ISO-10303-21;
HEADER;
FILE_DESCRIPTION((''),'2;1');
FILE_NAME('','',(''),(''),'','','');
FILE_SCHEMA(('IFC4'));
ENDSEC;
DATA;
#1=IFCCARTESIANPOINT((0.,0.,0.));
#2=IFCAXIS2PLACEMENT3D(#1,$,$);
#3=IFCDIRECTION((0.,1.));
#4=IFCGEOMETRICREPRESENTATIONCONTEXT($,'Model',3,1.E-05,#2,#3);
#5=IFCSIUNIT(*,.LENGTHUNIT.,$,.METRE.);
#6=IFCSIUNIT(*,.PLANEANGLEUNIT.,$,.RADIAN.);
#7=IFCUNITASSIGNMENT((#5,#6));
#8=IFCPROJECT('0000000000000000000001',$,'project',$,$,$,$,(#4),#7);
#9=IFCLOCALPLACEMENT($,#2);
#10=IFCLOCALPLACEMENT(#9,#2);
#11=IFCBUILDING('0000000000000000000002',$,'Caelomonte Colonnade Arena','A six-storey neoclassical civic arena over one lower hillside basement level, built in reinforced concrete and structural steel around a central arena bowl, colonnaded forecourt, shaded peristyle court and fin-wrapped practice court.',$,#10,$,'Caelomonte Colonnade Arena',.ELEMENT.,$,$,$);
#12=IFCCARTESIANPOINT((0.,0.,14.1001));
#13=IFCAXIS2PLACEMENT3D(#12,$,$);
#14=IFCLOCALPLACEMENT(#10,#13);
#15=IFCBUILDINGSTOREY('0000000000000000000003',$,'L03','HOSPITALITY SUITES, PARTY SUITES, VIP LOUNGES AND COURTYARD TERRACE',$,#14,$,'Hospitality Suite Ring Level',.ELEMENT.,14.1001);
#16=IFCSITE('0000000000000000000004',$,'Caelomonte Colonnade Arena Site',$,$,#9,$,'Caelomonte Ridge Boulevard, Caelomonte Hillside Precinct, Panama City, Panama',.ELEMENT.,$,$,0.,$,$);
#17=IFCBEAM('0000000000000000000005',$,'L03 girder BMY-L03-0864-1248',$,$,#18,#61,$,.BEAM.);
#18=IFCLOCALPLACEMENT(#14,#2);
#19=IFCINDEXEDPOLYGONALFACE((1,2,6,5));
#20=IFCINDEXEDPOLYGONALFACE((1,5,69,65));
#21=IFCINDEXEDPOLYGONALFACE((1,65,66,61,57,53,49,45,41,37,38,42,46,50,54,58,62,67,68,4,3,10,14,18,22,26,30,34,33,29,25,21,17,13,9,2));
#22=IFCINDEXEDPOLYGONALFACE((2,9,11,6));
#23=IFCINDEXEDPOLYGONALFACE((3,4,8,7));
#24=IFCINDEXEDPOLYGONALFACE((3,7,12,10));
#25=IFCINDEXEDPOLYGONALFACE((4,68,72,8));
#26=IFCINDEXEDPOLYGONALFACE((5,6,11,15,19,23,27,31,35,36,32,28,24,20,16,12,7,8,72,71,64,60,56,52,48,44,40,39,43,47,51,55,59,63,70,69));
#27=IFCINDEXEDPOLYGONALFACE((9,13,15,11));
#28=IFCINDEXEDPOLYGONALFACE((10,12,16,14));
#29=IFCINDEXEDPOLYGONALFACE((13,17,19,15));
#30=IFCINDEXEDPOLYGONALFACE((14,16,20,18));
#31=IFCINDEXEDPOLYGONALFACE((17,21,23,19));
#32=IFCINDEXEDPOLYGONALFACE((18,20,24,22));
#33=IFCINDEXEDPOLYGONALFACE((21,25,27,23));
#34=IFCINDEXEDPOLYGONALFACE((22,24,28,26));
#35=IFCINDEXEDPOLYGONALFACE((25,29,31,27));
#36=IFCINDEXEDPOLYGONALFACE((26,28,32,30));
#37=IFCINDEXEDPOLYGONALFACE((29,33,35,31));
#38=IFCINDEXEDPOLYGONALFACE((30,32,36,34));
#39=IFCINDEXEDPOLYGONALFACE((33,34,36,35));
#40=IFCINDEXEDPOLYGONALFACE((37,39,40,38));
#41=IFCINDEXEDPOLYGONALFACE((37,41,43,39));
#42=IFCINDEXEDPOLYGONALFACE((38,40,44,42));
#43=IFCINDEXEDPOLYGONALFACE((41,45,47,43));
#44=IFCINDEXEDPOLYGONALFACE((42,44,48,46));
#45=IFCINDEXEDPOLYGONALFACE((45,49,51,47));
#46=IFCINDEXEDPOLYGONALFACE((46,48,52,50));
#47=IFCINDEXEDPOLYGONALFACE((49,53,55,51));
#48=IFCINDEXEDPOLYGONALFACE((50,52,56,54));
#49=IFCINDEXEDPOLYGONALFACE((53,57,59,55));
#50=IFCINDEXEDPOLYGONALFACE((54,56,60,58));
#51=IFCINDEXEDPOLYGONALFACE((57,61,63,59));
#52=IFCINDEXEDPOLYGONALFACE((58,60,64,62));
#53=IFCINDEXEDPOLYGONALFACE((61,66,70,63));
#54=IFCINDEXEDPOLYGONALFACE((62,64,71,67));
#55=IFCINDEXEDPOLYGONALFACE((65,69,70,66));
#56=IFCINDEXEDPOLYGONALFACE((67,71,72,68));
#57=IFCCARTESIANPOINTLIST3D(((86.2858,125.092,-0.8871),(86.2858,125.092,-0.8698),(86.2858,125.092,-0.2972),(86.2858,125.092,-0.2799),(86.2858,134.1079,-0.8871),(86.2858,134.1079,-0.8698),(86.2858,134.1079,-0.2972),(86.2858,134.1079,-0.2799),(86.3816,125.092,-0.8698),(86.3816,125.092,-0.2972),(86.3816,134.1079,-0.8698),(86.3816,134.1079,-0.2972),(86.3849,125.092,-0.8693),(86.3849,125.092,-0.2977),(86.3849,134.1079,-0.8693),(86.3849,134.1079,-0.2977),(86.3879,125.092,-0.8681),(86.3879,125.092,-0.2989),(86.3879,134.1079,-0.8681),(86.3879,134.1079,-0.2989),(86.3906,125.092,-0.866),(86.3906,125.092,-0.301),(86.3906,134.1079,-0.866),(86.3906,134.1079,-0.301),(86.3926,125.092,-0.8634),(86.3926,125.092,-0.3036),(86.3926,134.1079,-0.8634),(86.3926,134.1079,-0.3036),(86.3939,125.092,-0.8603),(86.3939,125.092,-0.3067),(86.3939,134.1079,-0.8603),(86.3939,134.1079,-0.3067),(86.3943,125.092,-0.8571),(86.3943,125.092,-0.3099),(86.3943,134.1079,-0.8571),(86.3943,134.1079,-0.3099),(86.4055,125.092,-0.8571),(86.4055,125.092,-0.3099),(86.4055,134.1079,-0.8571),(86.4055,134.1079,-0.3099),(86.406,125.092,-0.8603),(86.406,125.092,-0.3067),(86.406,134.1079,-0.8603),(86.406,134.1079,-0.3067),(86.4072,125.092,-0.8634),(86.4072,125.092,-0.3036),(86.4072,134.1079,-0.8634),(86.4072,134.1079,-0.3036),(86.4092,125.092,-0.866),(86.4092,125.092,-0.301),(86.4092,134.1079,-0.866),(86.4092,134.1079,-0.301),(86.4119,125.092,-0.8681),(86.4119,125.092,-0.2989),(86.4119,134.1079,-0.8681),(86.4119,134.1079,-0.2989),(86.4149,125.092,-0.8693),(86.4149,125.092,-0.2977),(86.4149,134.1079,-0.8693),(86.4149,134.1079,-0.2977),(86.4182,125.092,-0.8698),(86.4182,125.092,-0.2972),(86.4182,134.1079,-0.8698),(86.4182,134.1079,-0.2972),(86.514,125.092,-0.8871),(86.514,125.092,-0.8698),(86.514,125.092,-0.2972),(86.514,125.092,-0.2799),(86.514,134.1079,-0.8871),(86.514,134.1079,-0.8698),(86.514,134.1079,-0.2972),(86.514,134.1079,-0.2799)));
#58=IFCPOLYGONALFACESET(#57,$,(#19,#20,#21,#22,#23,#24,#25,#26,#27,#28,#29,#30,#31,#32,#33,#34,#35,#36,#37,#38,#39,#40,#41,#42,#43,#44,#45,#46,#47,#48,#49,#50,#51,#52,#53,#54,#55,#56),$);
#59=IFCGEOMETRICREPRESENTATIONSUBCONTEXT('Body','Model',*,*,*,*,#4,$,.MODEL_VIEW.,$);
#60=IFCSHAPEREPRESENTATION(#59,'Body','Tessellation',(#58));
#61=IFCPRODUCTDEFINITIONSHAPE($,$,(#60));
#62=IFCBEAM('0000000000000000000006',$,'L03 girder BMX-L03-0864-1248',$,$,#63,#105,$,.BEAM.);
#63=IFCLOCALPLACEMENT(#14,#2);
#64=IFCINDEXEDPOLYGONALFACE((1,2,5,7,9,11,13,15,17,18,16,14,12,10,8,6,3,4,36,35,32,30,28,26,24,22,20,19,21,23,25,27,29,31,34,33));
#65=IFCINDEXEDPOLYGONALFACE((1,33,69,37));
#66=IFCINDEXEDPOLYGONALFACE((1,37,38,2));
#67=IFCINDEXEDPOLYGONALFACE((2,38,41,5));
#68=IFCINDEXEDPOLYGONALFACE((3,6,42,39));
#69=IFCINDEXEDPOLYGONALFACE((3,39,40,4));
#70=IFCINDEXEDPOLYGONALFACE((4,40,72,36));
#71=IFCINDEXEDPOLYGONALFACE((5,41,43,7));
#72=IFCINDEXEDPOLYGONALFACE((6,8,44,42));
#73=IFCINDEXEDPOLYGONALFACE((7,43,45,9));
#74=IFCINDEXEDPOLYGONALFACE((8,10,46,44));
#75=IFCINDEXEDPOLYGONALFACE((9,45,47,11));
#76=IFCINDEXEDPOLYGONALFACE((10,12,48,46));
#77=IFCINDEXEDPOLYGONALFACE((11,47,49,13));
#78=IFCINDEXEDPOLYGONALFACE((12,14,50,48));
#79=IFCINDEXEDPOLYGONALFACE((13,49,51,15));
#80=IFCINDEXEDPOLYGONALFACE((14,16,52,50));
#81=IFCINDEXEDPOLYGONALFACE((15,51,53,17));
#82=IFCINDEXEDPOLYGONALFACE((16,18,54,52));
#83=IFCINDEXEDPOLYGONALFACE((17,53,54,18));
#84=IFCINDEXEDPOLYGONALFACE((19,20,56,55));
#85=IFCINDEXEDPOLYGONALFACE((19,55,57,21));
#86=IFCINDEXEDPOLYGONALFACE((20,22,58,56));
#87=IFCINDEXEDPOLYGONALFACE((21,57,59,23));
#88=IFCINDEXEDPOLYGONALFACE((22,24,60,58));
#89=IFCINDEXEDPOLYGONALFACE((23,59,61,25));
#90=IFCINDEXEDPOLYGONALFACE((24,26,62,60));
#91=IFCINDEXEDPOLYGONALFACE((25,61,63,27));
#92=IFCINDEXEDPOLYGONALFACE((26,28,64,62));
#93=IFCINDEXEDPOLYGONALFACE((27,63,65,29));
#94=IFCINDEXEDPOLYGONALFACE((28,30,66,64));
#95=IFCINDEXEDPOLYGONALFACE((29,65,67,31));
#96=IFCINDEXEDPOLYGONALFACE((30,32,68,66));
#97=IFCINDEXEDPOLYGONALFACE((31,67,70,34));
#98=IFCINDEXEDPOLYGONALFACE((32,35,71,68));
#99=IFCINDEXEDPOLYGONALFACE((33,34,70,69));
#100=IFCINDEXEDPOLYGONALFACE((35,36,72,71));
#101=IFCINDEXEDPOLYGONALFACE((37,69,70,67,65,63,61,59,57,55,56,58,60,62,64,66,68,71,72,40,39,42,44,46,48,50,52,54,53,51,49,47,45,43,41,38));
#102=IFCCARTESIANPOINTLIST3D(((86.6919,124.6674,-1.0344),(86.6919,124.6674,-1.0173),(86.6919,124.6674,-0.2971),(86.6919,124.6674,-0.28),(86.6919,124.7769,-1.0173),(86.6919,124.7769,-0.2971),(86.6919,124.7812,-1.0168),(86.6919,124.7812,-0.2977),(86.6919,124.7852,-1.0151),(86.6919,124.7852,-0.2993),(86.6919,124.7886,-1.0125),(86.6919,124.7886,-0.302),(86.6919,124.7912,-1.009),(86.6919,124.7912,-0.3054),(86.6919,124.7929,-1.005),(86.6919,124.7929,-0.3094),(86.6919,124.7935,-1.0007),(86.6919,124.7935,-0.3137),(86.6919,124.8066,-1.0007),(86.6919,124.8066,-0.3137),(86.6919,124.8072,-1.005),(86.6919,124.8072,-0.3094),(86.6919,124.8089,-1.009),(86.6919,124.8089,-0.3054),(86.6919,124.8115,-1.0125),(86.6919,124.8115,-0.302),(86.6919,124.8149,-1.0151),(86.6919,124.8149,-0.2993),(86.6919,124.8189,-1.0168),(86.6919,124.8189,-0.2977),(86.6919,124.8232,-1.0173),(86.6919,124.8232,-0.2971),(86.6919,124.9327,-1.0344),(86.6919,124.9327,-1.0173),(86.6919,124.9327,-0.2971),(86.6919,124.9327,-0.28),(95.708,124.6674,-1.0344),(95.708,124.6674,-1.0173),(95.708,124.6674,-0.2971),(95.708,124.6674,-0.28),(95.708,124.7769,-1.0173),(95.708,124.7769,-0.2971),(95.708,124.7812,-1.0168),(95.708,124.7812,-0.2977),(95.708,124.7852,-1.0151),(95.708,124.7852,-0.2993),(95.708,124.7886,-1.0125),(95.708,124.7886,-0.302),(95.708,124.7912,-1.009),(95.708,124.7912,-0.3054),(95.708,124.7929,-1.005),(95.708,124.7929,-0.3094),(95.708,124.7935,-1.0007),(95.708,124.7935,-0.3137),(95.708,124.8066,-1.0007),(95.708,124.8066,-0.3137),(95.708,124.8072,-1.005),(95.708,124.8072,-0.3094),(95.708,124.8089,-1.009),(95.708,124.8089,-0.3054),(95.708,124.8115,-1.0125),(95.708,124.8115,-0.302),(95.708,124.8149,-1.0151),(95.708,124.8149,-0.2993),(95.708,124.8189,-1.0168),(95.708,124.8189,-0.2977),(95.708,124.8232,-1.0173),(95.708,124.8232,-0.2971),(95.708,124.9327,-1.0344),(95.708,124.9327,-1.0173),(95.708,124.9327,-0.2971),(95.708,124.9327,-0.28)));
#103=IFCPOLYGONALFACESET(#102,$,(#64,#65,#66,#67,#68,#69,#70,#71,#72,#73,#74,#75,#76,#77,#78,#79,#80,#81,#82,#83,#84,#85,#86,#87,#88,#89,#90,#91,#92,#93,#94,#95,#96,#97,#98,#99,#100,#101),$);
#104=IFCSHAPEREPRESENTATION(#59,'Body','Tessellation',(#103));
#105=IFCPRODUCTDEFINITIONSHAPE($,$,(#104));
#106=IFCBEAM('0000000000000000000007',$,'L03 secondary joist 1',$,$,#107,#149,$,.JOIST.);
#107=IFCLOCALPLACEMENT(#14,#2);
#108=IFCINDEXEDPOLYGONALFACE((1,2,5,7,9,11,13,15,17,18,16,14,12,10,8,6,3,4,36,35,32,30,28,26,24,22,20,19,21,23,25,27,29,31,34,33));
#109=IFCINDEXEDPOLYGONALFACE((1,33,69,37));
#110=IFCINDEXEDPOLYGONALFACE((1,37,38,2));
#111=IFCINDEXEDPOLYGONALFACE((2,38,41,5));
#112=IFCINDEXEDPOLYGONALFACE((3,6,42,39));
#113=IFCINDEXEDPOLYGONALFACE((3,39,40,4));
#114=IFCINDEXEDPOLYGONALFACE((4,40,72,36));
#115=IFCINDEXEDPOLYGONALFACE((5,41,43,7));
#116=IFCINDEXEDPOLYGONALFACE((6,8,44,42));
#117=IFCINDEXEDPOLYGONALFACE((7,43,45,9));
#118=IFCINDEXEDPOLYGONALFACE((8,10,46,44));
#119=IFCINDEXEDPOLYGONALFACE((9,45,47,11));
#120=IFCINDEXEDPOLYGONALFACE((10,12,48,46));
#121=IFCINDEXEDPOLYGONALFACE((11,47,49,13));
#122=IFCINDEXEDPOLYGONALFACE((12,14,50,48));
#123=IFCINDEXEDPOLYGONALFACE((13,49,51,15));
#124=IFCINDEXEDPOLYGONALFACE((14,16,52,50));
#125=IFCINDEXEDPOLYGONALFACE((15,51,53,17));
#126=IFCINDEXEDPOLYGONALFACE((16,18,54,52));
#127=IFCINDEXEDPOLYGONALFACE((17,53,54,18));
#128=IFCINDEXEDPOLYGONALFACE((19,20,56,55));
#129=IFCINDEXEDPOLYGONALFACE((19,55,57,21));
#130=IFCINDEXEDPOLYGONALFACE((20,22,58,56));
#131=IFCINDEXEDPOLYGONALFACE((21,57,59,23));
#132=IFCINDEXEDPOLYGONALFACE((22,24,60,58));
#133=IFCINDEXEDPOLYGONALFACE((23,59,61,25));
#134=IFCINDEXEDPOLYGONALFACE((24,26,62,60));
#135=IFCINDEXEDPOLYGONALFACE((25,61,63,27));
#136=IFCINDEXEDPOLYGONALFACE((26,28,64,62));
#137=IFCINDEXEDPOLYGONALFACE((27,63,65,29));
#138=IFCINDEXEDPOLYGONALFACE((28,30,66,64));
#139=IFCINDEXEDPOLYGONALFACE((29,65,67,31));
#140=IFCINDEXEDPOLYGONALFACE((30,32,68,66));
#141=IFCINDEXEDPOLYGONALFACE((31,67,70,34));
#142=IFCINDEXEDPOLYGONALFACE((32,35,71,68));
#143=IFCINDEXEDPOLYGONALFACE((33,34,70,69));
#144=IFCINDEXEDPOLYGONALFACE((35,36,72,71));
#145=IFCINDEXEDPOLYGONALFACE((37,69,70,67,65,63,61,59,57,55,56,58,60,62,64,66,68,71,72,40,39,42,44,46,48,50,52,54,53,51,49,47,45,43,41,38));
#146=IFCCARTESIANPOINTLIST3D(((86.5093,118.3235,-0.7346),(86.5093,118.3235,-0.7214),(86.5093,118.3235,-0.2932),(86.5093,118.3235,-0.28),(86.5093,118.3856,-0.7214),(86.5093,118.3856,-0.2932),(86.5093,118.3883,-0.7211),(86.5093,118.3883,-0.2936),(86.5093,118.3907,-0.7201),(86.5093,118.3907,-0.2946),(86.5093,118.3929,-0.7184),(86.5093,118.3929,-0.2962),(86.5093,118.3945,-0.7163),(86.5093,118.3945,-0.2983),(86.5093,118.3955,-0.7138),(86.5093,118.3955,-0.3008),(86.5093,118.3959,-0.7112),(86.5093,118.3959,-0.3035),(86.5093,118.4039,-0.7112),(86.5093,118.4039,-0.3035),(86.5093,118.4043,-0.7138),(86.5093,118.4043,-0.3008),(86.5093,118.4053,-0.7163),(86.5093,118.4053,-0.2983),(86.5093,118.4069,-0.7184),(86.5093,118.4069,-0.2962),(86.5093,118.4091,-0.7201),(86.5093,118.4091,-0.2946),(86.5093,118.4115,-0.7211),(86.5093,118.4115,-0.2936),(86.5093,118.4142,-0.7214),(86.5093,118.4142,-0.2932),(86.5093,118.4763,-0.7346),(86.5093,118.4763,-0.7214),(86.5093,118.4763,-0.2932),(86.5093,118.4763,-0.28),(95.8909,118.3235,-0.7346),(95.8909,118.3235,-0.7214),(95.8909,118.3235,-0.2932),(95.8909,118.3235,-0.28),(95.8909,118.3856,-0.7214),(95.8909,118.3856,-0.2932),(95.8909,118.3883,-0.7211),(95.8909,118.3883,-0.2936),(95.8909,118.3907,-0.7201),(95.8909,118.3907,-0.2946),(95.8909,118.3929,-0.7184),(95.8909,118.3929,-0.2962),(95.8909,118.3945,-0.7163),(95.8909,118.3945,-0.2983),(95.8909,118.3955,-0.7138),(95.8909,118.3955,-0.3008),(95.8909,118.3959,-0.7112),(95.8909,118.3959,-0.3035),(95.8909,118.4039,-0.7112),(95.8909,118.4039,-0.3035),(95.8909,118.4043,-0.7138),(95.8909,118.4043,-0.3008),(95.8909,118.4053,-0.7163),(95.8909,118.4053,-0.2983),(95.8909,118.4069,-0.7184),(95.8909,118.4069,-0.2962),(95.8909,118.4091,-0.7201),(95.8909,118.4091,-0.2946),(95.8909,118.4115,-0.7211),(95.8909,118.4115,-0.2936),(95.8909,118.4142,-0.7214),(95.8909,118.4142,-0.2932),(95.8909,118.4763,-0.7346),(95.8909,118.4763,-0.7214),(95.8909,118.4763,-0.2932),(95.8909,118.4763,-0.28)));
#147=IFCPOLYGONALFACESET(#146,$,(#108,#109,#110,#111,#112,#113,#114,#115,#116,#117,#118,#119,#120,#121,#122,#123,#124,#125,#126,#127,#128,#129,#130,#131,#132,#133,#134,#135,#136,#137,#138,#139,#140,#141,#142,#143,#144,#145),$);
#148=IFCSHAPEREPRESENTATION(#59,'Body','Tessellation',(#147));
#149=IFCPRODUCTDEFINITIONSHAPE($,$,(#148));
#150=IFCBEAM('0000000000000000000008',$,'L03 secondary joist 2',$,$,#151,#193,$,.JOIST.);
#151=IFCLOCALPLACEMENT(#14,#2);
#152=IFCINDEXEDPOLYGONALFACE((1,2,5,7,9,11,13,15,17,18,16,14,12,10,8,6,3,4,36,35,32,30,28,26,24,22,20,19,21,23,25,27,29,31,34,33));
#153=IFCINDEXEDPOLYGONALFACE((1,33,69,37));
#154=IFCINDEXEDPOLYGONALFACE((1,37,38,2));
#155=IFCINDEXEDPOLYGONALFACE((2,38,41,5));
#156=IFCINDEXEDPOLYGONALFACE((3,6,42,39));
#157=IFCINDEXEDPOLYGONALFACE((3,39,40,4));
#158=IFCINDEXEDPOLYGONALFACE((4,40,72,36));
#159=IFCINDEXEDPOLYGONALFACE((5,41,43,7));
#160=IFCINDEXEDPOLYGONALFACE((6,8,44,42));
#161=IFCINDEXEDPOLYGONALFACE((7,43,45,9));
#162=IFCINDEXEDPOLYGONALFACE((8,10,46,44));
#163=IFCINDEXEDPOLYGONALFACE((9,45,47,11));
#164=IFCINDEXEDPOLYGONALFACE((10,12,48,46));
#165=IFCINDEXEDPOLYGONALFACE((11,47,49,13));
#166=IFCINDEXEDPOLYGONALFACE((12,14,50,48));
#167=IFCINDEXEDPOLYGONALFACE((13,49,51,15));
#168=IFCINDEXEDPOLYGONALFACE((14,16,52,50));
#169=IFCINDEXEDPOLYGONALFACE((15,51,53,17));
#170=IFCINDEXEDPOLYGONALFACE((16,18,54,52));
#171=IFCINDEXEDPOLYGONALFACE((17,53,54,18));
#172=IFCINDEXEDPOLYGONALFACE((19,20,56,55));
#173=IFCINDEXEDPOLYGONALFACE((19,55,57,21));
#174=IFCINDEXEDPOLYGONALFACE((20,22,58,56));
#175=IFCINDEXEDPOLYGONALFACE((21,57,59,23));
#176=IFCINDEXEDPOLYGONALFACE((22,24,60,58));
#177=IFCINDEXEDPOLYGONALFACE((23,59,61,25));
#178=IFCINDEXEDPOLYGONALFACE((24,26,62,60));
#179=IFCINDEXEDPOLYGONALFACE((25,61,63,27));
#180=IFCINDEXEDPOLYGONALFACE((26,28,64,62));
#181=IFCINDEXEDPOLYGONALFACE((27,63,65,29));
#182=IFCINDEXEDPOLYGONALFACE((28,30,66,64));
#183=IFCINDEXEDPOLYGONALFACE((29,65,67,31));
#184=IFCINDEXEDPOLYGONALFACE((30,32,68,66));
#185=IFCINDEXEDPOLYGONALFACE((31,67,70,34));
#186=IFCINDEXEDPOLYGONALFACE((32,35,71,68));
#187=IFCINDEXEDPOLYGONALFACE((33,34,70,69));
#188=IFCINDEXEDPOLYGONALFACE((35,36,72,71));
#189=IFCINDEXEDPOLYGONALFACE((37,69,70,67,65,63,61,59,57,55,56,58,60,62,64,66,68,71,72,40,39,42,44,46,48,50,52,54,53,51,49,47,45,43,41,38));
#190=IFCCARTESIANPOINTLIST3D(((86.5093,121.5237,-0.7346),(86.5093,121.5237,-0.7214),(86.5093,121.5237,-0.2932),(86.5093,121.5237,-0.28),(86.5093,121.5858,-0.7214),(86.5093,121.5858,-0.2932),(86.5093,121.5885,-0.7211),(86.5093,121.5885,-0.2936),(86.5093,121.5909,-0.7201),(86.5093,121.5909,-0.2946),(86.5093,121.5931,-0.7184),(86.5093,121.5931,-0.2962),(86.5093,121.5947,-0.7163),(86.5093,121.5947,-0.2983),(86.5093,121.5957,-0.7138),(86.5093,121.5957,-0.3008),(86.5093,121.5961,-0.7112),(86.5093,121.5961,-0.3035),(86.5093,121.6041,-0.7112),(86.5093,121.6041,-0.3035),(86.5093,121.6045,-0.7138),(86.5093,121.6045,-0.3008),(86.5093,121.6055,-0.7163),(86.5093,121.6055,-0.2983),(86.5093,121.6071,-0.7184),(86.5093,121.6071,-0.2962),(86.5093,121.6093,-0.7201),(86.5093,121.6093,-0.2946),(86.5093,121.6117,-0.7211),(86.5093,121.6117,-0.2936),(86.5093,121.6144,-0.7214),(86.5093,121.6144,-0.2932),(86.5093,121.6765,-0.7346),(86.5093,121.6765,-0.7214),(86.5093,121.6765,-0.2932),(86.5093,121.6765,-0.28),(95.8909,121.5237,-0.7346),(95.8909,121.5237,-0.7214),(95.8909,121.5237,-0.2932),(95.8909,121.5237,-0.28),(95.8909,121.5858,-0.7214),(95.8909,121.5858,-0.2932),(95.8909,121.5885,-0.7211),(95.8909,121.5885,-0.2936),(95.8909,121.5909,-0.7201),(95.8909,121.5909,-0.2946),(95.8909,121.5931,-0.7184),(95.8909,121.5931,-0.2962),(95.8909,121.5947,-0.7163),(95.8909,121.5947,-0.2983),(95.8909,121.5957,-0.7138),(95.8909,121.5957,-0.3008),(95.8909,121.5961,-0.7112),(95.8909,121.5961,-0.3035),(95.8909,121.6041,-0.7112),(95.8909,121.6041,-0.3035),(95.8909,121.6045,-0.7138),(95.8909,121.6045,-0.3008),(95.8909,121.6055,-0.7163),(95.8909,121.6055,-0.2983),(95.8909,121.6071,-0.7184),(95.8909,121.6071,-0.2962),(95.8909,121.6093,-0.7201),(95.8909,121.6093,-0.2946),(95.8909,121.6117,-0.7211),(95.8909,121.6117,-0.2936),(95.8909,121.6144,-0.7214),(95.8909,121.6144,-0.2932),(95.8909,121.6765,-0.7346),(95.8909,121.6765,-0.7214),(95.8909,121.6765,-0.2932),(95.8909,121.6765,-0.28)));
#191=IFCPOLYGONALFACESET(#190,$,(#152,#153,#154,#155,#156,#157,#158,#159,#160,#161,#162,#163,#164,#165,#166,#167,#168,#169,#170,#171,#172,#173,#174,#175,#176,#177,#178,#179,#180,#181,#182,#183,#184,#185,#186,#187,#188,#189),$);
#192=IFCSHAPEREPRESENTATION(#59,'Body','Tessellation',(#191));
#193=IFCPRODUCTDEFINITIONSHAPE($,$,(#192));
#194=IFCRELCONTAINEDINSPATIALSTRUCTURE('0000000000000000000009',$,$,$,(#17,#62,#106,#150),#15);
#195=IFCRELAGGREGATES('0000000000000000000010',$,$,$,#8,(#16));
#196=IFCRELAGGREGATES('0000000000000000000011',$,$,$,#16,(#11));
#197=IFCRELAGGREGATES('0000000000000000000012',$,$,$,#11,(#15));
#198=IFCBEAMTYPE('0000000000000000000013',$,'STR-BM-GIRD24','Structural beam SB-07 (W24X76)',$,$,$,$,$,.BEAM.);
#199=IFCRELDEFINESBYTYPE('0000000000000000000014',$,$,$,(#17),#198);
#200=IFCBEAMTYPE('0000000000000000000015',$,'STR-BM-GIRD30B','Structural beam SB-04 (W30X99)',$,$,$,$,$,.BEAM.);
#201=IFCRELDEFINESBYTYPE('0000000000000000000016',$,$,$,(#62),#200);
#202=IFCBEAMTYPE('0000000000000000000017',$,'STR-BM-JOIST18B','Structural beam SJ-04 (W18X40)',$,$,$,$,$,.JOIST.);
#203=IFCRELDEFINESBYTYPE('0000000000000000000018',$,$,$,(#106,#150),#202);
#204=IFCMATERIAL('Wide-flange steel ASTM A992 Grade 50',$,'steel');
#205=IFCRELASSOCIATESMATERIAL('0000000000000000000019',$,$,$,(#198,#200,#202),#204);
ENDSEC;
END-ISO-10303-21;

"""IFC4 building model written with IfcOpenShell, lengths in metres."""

from ifc_helpers import new_model, si_unit, direction, frame, origin, origin_2d, place, context, subcontext, project, spatial, i_section, extrude, material, material_profile, profile_set, type_object, element, save


model = new_model("IFC4")

# Units and contexts
model_context = context("Model", 3, precision=1e-05, world=origin(), true_north=direction((0.0, 1.0)))
body_context = subcontext(model_context, "Body", "Model", "MODEL_VIEW")
ifc_project = project(units=[si_unit("LENGTHUNIT", "METRE"), si_unit("PLANEANGLEUNIT", "RADIAN")], contexts=[model_context])

# Site, building, storey
site_placement = place(None, origin())
site = spatial("IfcSite", under=ifc_project, at=site_placement, Name="Caelomonte Colonnade Arena Site", LongName="Caelomonte Ridge Boulevard, Caelomonte Hillside Precinct, Panama City, Panama", CompositionType="ELEMENT", RefElevation=0.0)
building_placement = place(site_placement, origin())
building = spatial("IfcBuilding", under=site, at=building_placement, Name="Caelomonte Colonnade Arena", Description="A six-storey neoclassical civic arena over one lower hillside basement level, built in reinforced concrete and structural steel around a central arena bowl, colonnaded forecourt, shaded peristyle court and fin-wrapped practice court.", LongName="Caelomonte Colonnade Arena", CompositionType="ELEMENT")
storey_placement = place(building_placement, frame((0.0, 0.0, 14.1001)))
storey = spatial("IfcBuildingStorey", under=building, at=storey_placement, Name="L03", Description="HOSPITALITY SUITES, PARTY SUITES, VIP LOUNGES AND COURTYARD TERRACE", LongName="Hospitality Suite Ring Level", CompositionType="ELEMENT", Elevation=14.1001)

# Shared definitions
ifc_material_1 = material(Name="Wide-flange steel ASTM A992 Grade 50", Category="steel")

# Beams
ifc_material_profile_1 = material_profile(ifc_material_1, i_section(OverallWidth=0.2283, OverallDepth=0.6072, WebThickness=0.0112, FlangeThickness=0.0173, FilletRadius=0.0127, at=origin_2d()), Name="W24X76")
ifc_profile_set_1 = profile_set([ifc_material_profile_1], Name="Wide-flange steel ASTM A992 Grade 50")
beam_type_1 = type_object("IfcBeamType", Name="STR-BM-GIRD24", Description="Structural beam SB-07 (W24X76)", PredefinedType="BEAM", material=ifc_profile_set_1)
beam_1_placement = place(storey_placement, frame((86.3999, 125.092, -0.5835), z_axis=(0.0, 1.0, 0.0), x_axis=(-1.0, 0.0, 0.0)))
element("IfcBeam", 1, at=beam_1_placement, inside=storey, type_object=beam_type_1, Name="L03 girder BMY-L03-0864-1248", PredefinedType="BEAM", context=body_context, shape_type="SweptSolid", body=[
    extrude(i_section(OverallWidth=0.2283, OverallDepth=0.6072, WebThickness=0.0112, FlangeThickness=0.0173, FilletRadius=0.0127, at=origin_2d()), origin(), (0.0, 0.0, 1.0), 9.0159),
])
ifc_material_profile_2 = material_profile(ifc_material_1, i_section(OverallWidth=0.2654, OverallDepth=0.7544, WebThickness=0.0132, FlangeThickness=0.0171, FilletRadius=0.0166, at=origin_2d()), Name="W30X99")
ifc_profile_set_2 = profile_set([ifc_material_profile_2], Name="Wide-flange steel ASTM A992 Grade 50")
beam_type_2 = type_object("IfcBeamType", Name="STR-BM-GIRD30B", Description="Structural beam SB-04 (W30X99)", PredefinedType="BEAM", material=ifc_profile_set_2)
beam_2_placement = place(storey_placement, frame((86.6919, 124.8, -0.6572), z_axis=(1.0, 0.0, 0.0), x_axis=(0.0, 1.0, 0.0)))
element("IfcBeam", 2, at=beam_2_placement, inside=storey, type_object=beam_type_2, Name="L03 girder BMX-L03-0864-1248", PredefinedType="BEAM", context=body_context, shape_type="SweptSolid", body=[
    extrude(i_section(OverallWidth=0.2654, OverallDepth=0.7544, WebThickness=0.0132, FlangeThickness=0.0171, FilletRadius=0.0166, at=origin_2d()), origin(), (0.0, 0.0, 1.0), 9.0161),
])
ifc_material_profile_3 = material_profile(ifc_material_1, i_section(OverallWidth=0.1528, OverallDepth=0.4546, WebThickness=0.0081, FlangeThickness=0.0132, FilletRadius=0.0103, at=origin_2d()), Name="W18X40")
ifc_profile_set_3 = profile_set([ifc_material_profile_3], Name="Wide-flange steel ASTM A992 Grade 50")
beam_type_3 = type_object("IfcBeamType", Name="STR-BM-JOIST18B", Description="Structural beam SJ-04 (W18X40)", PredefinedType="JOIST", material=ifc_profile_set_3)
for number, where, z_axis, x_axis, name in (
    (3, (86.5093, 118.3999, -0.5073), (1.0, 0.0, 0.0), (0.0, 1.0, 0.0), "L03 secondary joist 1"),
    (4, (86.5093, 121.6001, -0.5073), (1.0, 0.0, 0.0), (0.0, 1.0, 0.0), "L03 secondary joist 2"),
):
    element("IfcBeam", number, at=place(storey_placement, frame(where, z_axis=z_axis, x_axis=x_axis)), inside=storey, type_object=beam_type_3, Name=name, PredefinedType="JOIST", context=body_context, shape_type="SweptSolid", body=[
        extrude(i_section(OverallWidth=0.1528, OverallDepth=0.4546, WebThickness=0.0081, FlangeThickness=0.0132, FilletRadius=0.0103, at=origin_2d()), origin(), (0.0, 0.0, 1.0), 9.3816),
    ])

save(model, "model.ifc")
